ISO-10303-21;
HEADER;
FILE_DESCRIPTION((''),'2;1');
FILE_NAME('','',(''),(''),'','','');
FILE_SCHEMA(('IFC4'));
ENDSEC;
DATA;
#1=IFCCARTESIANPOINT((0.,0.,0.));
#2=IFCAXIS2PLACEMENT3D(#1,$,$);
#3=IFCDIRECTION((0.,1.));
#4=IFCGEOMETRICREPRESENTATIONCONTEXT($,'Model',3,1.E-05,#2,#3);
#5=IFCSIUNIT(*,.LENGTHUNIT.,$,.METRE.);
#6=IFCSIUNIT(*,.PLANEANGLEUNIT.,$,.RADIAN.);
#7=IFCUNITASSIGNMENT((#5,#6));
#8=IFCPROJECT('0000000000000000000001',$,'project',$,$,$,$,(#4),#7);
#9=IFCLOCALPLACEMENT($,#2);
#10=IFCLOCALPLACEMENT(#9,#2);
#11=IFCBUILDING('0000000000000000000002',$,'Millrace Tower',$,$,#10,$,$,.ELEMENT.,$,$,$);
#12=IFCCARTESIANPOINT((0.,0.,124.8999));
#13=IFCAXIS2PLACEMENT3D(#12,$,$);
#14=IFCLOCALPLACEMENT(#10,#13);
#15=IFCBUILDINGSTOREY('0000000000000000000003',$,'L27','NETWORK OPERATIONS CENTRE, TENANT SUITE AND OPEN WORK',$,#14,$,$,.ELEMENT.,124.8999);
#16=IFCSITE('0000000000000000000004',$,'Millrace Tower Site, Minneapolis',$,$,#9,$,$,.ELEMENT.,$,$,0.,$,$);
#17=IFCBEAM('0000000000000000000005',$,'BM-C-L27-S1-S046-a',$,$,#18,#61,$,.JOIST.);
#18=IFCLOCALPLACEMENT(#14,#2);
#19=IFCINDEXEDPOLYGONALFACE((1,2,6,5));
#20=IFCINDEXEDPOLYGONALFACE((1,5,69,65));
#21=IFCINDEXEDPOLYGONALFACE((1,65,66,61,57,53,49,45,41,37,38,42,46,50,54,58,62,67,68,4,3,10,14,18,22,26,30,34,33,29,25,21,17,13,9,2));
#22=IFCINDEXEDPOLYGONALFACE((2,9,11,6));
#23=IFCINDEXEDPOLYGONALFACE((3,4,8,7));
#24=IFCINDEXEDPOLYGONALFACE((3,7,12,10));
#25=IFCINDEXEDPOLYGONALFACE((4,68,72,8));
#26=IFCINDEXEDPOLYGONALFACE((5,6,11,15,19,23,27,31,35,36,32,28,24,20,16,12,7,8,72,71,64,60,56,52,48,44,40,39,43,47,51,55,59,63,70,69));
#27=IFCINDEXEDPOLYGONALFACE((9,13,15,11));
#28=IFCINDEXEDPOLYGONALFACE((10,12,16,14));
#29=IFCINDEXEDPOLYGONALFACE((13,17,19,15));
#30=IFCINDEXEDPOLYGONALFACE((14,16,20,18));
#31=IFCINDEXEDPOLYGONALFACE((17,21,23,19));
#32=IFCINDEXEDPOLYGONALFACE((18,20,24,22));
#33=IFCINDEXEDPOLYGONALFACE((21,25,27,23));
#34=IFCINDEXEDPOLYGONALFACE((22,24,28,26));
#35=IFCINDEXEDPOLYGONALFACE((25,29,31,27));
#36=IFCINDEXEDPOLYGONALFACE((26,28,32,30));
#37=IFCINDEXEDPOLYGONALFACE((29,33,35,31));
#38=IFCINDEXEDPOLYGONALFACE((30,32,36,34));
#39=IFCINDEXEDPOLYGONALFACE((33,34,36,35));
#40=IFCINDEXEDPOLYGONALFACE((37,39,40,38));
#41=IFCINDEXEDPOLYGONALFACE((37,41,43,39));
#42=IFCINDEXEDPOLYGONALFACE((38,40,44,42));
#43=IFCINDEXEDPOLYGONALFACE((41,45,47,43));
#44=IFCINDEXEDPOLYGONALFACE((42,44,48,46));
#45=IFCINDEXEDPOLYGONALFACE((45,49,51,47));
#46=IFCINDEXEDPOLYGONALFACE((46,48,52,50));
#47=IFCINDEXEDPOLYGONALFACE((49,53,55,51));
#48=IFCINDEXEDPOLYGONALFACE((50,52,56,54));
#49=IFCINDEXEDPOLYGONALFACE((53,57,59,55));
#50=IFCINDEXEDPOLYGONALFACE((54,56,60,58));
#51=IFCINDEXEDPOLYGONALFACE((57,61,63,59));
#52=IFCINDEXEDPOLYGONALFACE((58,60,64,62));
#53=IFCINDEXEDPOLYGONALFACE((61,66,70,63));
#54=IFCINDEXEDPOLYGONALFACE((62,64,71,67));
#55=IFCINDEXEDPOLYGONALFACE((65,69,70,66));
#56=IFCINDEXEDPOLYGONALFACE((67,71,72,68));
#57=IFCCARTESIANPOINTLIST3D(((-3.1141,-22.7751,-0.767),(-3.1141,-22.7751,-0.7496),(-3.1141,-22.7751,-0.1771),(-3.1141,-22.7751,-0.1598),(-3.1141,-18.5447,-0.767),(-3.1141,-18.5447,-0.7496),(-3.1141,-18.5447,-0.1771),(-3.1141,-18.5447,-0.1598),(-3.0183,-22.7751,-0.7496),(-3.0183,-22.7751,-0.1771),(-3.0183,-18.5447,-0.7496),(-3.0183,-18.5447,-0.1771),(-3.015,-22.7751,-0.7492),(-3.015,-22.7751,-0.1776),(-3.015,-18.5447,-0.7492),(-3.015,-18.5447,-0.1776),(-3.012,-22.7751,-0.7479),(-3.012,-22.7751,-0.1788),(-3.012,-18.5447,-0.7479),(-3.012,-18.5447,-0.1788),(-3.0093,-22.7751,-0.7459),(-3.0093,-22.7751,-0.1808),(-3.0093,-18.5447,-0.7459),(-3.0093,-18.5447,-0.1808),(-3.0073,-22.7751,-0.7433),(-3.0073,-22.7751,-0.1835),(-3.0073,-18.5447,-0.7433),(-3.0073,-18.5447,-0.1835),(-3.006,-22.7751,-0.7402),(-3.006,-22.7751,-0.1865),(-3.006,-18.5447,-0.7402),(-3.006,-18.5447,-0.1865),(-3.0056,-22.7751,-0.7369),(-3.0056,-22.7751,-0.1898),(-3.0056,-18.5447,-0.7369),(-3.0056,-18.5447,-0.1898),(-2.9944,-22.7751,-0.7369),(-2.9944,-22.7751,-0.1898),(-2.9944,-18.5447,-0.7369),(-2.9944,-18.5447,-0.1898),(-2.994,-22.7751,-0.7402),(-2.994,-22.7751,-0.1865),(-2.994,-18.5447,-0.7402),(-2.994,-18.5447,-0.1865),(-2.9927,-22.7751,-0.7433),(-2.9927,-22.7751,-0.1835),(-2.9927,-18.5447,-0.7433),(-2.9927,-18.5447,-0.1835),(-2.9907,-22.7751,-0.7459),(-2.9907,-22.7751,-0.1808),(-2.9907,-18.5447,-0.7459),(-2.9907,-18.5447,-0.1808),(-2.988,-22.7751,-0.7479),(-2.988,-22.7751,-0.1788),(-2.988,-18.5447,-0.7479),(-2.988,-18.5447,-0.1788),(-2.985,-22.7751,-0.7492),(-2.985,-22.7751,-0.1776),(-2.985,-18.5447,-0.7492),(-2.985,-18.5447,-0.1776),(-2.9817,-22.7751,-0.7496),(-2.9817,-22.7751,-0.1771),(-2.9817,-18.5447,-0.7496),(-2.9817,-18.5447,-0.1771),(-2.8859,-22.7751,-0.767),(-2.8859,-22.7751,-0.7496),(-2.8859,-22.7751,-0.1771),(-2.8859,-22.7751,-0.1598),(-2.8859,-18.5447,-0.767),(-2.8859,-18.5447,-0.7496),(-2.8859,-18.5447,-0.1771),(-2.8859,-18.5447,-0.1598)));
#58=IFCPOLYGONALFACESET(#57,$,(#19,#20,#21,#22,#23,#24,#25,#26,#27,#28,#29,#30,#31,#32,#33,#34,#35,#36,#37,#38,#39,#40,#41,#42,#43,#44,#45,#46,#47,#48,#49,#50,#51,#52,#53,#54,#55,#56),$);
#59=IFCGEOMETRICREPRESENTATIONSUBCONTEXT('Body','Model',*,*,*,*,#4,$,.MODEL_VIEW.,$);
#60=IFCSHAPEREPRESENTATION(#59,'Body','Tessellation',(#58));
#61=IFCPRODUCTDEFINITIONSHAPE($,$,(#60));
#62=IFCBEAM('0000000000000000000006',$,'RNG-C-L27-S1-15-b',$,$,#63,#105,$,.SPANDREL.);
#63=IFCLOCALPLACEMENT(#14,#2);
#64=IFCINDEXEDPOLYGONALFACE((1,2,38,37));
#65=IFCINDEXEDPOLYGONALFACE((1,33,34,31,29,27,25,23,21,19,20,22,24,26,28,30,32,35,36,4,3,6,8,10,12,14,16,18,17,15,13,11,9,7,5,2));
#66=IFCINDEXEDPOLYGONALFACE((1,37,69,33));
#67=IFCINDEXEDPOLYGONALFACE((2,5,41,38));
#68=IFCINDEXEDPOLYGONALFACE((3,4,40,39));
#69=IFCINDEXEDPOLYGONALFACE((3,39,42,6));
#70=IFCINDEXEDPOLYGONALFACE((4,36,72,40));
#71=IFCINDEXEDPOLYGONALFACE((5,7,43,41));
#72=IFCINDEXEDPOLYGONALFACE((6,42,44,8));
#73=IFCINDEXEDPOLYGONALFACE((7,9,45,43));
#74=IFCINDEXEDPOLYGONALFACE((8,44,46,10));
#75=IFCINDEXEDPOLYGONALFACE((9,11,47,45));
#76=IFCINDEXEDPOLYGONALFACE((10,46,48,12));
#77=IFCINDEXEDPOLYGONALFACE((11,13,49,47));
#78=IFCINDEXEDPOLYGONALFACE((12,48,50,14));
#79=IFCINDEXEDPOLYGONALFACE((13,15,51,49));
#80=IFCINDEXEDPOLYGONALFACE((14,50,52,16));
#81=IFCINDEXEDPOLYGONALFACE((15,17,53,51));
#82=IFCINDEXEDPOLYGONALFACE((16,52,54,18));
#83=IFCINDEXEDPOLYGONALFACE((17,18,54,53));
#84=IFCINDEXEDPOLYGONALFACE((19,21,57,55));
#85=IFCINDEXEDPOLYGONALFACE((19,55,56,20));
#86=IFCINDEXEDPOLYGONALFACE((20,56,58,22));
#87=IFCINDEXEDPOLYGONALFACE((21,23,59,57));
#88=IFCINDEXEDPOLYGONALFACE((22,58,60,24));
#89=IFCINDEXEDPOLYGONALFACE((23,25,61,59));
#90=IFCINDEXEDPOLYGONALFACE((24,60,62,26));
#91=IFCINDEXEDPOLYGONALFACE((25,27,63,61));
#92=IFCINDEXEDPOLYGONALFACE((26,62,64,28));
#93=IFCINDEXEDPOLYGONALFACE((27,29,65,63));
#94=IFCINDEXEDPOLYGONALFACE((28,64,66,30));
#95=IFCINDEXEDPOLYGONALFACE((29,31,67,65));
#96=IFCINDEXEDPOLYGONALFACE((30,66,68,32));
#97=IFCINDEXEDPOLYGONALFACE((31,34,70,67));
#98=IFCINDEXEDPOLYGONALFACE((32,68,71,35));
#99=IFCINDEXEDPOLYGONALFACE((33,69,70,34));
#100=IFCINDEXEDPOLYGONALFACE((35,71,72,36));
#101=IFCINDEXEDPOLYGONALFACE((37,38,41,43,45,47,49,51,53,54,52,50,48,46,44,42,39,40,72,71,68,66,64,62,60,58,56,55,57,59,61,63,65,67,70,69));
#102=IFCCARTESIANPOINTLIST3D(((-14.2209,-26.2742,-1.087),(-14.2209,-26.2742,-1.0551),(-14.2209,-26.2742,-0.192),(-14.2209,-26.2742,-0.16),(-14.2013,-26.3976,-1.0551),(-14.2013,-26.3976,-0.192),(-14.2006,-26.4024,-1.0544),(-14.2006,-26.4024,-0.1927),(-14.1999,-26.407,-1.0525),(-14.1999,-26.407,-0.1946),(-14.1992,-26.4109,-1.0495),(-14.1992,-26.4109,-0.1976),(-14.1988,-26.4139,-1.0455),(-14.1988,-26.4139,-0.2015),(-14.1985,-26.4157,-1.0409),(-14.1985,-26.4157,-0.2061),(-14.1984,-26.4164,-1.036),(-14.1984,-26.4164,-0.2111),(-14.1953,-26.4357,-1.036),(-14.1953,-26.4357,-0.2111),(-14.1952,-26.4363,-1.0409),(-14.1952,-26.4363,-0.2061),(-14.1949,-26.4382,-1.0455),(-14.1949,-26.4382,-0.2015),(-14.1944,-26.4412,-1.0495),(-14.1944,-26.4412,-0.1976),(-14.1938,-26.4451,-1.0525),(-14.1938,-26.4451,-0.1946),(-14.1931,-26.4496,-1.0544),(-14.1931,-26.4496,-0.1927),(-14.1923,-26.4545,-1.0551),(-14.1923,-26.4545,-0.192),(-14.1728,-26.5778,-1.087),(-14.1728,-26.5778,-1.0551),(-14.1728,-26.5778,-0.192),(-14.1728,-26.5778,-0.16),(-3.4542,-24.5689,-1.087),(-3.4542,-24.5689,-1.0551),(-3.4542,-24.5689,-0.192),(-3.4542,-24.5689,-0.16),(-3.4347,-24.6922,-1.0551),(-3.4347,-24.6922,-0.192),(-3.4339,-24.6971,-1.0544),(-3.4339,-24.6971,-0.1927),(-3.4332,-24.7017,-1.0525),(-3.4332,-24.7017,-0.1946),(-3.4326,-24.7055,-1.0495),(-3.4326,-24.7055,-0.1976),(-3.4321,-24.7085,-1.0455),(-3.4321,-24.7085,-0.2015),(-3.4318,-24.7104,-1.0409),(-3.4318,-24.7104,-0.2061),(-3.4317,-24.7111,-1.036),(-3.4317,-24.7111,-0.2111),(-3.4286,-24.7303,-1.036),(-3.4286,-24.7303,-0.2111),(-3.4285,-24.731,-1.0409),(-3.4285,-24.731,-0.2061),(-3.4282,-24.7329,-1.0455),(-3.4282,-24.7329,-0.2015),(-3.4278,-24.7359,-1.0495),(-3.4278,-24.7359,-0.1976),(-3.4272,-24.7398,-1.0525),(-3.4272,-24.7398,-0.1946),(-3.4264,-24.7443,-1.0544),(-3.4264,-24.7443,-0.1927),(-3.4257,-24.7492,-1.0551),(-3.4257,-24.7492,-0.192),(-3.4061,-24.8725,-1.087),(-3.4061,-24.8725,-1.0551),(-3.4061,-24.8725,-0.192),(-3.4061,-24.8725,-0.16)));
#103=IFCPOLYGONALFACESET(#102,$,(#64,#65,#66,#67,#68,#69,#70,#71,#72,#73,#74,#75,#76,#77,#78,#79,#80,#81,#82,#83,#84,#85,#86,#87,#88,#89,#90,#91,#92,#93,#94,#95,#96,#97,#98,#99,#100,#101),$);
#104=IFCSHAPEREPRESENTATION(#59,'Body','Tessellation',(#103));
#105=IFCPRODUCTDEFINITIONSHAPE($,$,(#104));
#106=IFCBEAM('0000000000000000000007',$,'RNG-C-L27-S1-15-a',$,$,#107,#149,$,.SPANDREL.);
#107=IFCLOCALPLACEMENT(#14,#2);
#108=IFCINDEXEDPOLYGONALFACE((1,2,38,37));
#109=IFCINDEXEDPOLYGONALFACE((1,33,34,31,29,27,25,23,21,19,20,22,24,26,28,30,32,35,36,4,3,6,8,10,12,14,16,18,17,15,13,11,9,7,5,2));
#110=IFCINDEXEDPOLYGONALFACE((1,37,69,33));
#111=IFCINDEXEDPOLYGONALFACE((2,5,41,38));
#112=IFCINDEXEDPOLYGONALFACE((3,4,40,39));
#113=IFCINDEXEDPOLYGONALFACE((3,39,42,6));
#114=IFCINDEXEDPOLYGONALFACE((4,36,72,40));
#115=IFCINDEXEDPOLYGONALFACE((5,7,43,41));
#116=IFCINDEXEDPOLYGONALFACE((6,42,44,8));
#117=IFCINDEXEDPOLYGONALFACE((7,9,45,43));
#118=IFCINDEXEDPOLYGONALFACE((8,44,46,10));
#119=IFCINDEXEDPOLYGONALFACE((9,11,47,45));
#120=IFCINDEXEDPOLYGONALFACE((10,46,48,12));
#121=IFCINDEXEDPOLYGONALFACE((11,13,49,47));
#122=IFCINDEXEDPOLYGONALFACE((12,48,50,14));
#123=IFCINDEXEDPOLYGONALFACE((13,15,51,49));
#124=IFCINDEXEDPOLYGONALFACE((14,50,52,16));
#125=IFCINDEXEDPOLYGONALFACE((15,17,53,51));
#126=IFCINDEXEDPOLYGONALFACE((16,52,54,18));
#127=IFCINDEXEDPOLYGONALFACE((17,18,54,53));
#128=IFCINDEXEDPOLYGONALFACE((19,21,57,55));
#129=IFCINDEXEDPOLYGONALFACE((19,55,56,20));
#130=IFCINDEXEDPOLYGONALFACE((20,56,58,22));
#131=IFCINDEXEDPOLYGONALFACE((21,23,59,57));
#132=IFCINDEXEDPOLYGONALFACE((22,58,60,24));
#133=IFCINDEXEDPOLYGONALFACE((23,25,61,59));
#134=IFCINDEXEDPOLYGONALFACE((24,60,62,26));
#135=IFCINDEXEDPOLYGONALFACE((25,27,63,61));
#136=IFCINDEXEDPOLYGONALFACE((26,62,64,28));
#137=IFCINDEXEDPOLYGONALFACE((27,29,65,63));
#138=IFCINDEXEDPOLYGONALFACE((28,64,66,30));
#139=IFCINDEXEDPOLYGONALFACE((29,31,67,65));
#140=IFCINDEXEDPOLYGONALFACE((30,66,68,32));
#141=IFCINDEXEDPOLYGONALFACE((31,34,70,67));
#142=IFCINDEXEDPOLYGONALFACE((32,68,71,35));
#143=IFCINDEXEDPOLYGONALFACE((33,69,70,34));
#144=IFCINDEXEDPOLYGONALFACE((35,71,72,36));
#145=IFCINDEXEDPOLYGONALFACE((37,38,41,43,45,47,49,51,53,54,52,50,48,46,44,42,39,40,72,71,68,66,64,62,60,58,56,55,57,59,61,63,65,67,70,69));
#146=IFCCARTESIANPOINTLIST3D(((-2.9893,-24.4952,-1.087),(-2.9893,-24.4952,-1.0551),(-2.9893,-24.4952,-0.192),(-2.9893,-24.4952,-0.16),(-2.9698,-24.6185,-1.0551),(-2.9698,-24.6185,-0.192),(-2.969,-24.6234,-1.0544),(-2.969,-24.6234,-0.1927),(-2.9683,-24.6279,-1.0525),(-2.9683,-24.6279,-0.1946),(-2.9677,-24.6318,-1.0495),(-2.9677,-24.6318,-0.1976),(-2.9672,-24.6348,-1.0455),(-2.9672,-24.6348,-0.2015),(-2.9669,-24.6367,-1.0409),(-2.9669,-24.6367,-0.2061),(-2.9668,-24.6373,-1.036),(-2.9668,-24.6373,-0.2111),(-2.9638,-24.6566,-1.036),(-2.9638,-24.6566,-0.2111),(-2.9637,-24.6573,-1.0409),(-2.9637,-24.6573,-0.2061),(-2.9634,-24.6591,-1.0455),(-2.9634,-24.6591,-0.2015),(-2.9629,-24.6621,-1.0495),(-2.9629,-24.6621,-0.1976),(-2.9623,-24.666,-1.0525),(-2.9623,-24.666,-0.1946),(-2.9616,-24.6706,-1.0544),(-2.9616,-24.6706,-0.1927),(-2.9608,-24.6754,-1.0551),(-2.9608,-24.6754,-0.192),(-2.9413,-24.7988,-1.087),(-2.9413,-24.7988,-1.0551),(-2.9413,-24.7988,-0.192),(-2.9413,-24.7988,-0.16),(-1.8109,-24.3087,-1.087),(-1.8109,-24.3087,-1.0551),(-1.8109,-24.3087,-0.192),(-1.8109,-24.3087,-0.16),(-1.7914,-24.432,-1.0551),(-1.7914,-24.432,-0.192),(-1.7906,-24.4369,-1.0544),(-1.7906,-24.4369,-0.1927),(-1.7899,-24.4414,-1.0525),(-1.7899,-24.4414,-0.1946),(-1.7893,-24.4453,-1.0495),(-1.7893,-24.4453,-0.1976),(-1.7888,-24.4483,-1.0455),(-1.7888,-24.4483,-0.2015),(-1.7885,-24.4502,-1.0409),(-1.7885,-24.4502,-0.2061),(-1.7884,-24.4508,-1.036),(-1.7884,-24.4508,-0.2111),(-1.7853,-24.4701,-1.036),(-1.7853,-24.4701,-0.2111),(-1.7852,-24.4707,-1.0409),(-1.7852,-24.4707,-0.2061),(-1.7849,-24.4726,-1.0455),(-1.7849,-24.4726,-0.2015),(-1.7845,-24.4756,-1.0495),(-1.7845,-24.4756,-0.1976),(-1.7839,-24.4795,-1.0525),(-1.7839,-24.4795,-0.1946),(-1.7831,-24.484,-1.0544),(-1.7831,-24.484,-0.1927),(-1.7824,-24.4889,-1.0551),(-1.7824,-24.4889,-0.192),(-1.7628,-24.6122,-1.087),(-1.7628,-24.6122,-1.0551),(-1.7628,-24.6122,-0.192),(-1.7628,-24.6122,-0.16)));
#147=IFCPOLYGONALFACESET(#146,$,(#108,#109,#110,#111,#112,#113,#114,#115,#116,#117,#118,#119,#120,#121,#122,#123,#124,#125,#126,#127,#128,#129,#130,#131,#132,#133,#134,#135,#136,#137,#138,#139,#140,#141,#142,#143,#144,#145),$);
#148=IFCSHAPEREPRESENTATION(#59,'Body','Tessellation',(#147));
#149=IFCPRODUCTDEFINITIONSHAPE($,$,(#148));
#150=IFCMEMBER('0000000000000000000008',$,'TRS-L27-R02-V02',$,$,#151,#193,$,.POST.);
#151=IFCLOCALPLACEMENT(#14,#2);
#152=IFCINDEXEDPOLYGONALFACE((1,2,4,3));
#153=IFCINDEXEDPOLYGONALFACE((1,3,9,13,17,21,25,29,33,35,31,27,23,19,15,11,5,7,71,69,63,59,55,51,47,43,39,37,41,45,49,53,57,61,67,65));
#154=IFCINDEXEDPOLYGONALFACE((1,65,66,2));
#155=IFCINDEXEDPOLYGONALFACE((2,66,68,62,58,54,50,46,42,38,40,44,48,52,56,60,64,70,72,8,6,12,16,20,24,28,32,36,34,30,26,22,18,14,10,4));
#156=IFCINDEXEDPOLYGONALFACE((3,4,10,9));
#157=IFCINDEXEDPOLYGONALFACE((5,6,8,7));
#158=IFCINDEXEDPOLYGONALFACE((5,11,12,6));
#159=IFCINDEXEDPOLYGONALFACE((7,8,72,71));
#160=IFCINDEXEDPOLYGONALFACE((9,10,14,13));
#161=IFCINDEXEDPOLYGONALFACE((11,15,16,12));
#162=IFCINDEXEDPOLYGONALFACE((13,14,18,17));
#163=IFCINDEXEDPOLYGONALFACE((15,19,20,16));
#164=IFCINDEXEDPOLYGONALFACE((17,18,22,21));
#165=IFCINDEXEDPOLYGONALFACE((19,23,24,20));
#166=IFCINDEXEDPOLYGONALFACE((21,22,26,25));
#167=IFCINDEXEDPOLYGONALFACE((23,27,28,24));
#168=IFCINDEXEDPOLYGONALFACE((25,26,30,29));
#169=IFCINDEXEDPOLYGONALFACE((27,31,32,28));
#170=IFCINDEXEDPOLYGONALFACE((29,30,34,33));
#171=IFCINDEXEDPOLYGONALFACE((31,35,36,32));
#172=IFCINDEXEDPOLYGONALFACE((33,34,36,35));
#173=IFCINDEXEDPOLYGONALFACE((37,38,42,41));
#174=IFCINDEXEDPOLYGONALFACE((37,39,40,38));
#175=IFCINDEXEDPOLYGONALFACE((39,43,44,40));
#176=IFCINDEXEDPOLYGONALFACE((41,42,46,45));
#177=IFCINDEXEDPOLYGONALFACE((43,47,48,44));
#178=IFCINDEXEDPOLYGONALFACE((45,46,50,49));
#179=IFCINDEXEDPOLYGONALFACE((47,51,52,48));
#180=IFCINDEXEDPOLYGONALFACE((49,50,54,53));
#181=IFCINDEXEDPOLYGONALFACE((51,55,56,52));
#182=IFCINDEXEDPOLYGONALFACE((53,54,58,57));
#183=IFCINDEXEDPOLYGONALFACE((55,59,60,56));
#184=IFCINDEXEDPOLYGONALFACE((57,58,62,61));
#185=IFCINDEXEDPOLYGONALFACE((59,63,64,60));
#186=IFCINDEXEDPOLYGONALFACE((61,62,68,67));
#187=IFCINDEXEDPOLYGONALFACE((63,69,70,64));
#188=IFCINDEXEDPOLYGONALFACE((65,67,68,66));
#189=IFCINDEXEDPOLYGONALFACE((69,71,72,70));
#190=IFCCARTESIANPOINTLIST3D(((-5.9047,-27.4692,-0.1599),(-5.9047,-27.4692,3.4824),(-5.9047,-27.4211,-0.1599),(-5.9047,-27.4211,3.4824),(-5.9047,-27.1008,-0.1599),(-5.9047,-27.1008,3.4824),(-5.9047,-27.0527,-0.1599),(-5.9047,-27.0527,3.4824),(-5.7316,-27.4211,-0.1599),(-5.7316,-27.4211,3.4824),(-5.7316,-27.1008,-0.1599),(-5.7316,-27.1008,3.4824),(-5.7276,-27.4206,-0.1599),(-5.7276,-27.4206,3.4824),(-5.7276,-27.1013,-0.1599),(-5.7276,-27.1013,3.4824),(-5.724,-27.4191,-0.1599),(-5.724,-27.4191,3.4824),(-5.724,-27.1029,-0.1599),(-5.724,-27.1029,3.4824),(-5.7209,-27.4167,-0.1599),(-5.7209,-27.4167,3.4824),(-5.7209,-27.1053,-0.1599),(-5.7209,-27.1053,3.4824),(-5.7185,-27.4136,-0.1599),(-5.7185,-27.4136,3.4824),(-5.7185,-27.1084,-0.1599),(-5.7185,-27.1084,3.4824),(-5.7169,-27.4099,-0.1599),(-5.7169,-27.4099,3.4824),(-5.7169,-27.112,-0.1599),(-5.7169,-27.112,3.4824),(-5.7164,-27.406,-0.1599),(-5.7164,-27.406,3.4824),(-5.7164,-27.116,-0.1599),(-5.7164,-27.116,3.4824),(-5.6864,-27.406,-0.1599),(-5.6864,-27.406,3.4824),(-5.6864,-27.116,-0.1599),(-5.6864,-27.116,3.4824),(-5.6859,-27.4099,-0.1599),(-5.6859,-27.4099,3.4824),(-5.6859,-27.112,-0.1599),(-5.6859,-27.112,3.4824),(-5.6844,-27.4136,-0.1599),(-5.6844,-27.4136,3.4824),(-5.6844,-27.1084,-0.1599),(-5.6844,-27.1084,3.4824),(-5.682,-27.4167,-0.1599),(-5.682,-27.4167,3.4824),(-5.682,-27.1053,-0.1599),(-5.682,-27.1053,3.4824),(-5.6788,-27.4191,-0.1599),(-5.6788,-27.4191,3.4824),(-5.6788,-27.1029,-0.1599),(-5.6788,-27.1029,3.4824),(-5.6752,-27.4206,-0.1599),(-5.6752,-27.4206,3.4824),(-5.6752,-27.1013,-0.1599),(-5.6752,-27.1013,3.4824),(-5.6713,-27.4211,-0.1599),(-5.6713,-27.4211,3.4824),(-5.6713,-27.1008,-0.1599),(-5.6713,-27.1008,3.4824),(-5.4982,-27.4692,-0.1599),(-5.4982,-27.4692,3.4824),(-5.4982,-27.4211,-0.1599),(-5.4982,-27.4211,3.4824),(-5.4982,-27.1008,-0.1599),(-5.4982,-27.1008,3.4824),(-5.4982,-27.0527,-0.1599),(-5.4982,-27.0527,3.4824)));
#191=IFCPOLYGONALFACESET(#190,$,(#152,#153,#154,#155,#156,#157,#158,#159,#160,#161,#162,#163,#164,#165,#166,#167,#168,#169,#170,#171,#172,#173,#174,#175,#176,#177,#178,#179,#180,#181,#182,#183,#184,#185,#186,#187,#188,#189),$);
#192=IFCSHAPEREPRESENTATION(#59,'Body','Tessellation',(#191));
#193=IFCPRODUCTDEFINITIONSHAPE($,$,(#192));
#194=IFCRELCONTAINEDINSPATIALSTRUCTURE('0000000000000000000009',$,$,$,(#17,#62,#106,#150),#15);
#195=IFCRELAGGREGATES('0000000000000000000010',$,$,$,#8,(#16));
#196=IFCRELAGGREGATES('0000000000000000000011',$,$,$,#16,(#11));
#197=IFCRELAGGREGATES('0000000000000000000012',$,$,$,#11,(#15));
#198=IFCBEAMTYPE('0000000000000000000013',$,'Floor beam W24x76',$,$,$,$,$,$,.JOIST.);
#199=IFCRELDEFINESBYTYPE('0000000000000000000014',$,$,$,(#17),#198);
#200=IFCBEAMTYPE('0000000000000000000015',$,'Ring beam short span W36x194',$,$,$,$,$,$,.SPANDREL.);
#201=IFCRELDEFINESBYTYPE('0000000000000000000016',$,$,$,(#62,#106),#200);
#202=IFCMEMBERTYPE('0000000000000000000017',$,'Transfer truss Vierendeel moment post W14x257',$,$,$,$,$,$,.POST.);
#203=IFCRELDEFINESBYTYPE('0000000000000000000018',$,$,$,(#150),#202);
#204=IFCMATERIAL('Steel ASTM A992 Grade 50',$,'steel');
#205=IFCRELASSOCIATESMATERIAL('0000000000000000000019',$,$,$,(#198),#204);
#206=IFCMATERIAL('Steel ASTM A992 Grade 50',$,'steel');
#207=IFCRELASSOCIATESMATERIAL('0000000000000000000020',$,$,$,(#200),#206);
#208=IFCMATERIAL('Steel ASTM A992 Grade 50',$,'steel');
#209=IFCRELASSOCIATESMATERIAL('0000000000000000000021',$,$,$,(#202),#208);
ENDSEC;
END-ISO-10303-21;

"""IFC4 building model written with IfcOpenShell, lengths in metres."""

from ifc_helpers import new_model, si_unit, direction, frame, origin, origin_2d, place, context, subcontext, project, spatial, i_section, extrude, material, material_profile, profile_set, type_object, element, save


model = new_model("IFC4")

# Units and contexts
model_context = context("Model", 3, precision=1e-05, world=origin(), true_north=direction((0.0, 1.0)))
body_context = subcontext(model_context, "Body", "Model", "MODEL_VIEW")
ifc_project = project(units=[si_unit("LENGTHUNIT", "METRE"), si_unit("PLANEANGLEUNIT", "RADIAN")], contexts=[model_context])

# Site, building, storey
site_placement = place(None, origin())
site = spatial("IfcSite", under=ifc_project, at=site_placement, Name="Millrace Tower Site, Minneapolis", CompositionType="ELEMENT", RefElevation=0.0)
building_placement = place(site_placement, origin())
building = spatial("IfcBuilding", under=site, at=building_placement, Name="Millrace Tower", CompositionType="ELEMENT")
storey_placement = place(building_placement, frame((0.0, 0.0, 124.8999)))
storey = spatial("IfcBuildingStorey", under=building, at=storey_placement, Name="L27", Description="NETWORK OPERATIONS CENTRE, TENANT SUITE AND OPEN WORK", CompositionType="ELEMENT", Elevation=124.8999)

# Beams
ifc_material_1 = material(Name="Steel ASTM A992 Grade 50", Category="steel")
ifc_material_profile_1 = material_profile(ifc_material_1, i_section(OverallWidth=0.2283, OverallDepth=0.6072, WebThickness=0.0112, FlangeThickness=0.0173, FilletRadius=0.0127, at=origin_2d()))
ifc_profile_set_1 = profile_set([ifc_material_profile_1], Name="Steel ASTM A992 Grade 50")
beam_type_1 = type_object("IfcBeamType", Name="Floor beam W24x76", PredefinedType="JOIST", material=ifc_profile_set_1)
beam_1_placement = place(storey_placement, frame((-3.0, -22.7751, -0.4634), z_axis=(0.0, 1.0, 0.0), x_axis=(-1.0, 0.0, 0.0)))
element("IfcBeam", 1, at=beam_1_placement, inside=storey, type_object=beam_type_1, Name="BM-C-L27-S1-S046-a", PredefinedType="JOIST", context=body_context, shape_type="SweptSolid", body=[
    extrude(i_section(OverallWidth=0.2283, OverallDepth=0.6072, WebThickness=0.0112, FlangeThickness=0.0173, FilletRadius=0.0127, at=origin_2d()), origin(), (0.0, 0.0, 1.0), 4.2305),
])
ifc_material_2 = material(Name="Steel ASTM A992 Grade 50", Category="steel")
ifc_material_profile_2 = material_profile(ifc_material_2, i_section(OverallWidth=0.3074, OverallDepth=0.927, WebThickness=0.0195, FlangeThickness=0.032, FilletRadius=0.019, at=origin_2d()))
ifc_profile_set_2 = profile_set([ifc_material_profile_2], Name="Steel ASTM A992 Grade 50")
beam_type_2 = type_object("IfcBeamType", Name="Ring beam short span W36x194", PredefinedType="SPANDREL", material=ifc_profile_set_2)
beam_2_placement = place(storey_placement, frame((-3.4302, -24.7207, -0.6235), z_axis=(-0.987687, -0.15644, 0.0), x_axis=(0.15644, -0.987687, 0.0)))
element("IfcBeam", 2, at=beam_2_placement, inside=storey, type_object=beam_type_2, Name="RNG-C-L27-S1-15-b", PredefinedType="SPANDREL", context=body_context, shape_type="SweptSolid", body=[
    extrude(i_section(OverallWidth=0.3074, OverallDepth=0.927, WebThickness=0.0195, FlangeThickness=0.032, FilletRadius=0.019, at=origin_2d()), origin(), (0.0, 0.0, 1.0), 10.9009),
])
beam_3_placement = place(storey_placement, frame((-1.7869, -24.4604, -0.6235), z_axis=(-0.987705, -0.15633, 0.0), x_axis=(0.15633, -0.987705, 0.0)))
element("IfcBeam", 3, at=beam_3_placement, inside=storey, type_object=beam_type_2, Name="RNG-C-L27-S1-15-a", PredefinedType="SPANDREL", context=body_context, shape_type="SweptSolid", body=[
    extrude(i_section(OverallWidth=0.3074, OverallDepth=0.927, WebThickness=0.0195, FlangeThickness=0.032, FilletRadius=0.019, at=origin_2d()), origin(), (0.0, 0.0, 1.0), 1.1931),
])

# Member
ifc_material_3 = material(Name="Steel ASTM A992 Grade 50", Category="steel")
ifc_material_profile_3 = material_profile(ifc_material_3, i_section(OverallWidth=0.4065, OverallDepth=0.4165, WebThickness=0.03, FlangeThickness=0.0481, FilletRadius=0.0151, at=origin_2d()))
ifc_profile_set_3 = profile_set([ifc_material_profile_3], Name="Steel ASTM A992 Grade 50")
member_type_1 = type_object("IfcMemberType", Name="Transfer truss Vierendeel moment post W14x257", PredefinedType="POST", material=ifc_profile_set_3)
for number, where, z_axis, x_axis, name in (
    (4, (-5.7014, -27.261, -0.1599), (0.0, 0.0, 1.0), (1.0, 0.0, 0.0), "TRS-L27-R02-V02"),
):
    element("IfcMember", number, at=place(storey_placement, frame(where, z_axis=z_axis, x_axis=x_axis)), inside=storey, type_object=member_type_1, Name=name, PredefinedType="POST", context=body_context, shape_type="SweptSolid", body=[
        extrude(i_section(OverallWidth=0.4065, OverallDepth=0.4165, WebThickness=0.03, FlangeThickness=0.0481, FilletRadius=0.0151, at=origin_2d()), origin(), (0.0, 0.0, 1.0), 3.6423),
    ])

save(model, "model.ifc")
